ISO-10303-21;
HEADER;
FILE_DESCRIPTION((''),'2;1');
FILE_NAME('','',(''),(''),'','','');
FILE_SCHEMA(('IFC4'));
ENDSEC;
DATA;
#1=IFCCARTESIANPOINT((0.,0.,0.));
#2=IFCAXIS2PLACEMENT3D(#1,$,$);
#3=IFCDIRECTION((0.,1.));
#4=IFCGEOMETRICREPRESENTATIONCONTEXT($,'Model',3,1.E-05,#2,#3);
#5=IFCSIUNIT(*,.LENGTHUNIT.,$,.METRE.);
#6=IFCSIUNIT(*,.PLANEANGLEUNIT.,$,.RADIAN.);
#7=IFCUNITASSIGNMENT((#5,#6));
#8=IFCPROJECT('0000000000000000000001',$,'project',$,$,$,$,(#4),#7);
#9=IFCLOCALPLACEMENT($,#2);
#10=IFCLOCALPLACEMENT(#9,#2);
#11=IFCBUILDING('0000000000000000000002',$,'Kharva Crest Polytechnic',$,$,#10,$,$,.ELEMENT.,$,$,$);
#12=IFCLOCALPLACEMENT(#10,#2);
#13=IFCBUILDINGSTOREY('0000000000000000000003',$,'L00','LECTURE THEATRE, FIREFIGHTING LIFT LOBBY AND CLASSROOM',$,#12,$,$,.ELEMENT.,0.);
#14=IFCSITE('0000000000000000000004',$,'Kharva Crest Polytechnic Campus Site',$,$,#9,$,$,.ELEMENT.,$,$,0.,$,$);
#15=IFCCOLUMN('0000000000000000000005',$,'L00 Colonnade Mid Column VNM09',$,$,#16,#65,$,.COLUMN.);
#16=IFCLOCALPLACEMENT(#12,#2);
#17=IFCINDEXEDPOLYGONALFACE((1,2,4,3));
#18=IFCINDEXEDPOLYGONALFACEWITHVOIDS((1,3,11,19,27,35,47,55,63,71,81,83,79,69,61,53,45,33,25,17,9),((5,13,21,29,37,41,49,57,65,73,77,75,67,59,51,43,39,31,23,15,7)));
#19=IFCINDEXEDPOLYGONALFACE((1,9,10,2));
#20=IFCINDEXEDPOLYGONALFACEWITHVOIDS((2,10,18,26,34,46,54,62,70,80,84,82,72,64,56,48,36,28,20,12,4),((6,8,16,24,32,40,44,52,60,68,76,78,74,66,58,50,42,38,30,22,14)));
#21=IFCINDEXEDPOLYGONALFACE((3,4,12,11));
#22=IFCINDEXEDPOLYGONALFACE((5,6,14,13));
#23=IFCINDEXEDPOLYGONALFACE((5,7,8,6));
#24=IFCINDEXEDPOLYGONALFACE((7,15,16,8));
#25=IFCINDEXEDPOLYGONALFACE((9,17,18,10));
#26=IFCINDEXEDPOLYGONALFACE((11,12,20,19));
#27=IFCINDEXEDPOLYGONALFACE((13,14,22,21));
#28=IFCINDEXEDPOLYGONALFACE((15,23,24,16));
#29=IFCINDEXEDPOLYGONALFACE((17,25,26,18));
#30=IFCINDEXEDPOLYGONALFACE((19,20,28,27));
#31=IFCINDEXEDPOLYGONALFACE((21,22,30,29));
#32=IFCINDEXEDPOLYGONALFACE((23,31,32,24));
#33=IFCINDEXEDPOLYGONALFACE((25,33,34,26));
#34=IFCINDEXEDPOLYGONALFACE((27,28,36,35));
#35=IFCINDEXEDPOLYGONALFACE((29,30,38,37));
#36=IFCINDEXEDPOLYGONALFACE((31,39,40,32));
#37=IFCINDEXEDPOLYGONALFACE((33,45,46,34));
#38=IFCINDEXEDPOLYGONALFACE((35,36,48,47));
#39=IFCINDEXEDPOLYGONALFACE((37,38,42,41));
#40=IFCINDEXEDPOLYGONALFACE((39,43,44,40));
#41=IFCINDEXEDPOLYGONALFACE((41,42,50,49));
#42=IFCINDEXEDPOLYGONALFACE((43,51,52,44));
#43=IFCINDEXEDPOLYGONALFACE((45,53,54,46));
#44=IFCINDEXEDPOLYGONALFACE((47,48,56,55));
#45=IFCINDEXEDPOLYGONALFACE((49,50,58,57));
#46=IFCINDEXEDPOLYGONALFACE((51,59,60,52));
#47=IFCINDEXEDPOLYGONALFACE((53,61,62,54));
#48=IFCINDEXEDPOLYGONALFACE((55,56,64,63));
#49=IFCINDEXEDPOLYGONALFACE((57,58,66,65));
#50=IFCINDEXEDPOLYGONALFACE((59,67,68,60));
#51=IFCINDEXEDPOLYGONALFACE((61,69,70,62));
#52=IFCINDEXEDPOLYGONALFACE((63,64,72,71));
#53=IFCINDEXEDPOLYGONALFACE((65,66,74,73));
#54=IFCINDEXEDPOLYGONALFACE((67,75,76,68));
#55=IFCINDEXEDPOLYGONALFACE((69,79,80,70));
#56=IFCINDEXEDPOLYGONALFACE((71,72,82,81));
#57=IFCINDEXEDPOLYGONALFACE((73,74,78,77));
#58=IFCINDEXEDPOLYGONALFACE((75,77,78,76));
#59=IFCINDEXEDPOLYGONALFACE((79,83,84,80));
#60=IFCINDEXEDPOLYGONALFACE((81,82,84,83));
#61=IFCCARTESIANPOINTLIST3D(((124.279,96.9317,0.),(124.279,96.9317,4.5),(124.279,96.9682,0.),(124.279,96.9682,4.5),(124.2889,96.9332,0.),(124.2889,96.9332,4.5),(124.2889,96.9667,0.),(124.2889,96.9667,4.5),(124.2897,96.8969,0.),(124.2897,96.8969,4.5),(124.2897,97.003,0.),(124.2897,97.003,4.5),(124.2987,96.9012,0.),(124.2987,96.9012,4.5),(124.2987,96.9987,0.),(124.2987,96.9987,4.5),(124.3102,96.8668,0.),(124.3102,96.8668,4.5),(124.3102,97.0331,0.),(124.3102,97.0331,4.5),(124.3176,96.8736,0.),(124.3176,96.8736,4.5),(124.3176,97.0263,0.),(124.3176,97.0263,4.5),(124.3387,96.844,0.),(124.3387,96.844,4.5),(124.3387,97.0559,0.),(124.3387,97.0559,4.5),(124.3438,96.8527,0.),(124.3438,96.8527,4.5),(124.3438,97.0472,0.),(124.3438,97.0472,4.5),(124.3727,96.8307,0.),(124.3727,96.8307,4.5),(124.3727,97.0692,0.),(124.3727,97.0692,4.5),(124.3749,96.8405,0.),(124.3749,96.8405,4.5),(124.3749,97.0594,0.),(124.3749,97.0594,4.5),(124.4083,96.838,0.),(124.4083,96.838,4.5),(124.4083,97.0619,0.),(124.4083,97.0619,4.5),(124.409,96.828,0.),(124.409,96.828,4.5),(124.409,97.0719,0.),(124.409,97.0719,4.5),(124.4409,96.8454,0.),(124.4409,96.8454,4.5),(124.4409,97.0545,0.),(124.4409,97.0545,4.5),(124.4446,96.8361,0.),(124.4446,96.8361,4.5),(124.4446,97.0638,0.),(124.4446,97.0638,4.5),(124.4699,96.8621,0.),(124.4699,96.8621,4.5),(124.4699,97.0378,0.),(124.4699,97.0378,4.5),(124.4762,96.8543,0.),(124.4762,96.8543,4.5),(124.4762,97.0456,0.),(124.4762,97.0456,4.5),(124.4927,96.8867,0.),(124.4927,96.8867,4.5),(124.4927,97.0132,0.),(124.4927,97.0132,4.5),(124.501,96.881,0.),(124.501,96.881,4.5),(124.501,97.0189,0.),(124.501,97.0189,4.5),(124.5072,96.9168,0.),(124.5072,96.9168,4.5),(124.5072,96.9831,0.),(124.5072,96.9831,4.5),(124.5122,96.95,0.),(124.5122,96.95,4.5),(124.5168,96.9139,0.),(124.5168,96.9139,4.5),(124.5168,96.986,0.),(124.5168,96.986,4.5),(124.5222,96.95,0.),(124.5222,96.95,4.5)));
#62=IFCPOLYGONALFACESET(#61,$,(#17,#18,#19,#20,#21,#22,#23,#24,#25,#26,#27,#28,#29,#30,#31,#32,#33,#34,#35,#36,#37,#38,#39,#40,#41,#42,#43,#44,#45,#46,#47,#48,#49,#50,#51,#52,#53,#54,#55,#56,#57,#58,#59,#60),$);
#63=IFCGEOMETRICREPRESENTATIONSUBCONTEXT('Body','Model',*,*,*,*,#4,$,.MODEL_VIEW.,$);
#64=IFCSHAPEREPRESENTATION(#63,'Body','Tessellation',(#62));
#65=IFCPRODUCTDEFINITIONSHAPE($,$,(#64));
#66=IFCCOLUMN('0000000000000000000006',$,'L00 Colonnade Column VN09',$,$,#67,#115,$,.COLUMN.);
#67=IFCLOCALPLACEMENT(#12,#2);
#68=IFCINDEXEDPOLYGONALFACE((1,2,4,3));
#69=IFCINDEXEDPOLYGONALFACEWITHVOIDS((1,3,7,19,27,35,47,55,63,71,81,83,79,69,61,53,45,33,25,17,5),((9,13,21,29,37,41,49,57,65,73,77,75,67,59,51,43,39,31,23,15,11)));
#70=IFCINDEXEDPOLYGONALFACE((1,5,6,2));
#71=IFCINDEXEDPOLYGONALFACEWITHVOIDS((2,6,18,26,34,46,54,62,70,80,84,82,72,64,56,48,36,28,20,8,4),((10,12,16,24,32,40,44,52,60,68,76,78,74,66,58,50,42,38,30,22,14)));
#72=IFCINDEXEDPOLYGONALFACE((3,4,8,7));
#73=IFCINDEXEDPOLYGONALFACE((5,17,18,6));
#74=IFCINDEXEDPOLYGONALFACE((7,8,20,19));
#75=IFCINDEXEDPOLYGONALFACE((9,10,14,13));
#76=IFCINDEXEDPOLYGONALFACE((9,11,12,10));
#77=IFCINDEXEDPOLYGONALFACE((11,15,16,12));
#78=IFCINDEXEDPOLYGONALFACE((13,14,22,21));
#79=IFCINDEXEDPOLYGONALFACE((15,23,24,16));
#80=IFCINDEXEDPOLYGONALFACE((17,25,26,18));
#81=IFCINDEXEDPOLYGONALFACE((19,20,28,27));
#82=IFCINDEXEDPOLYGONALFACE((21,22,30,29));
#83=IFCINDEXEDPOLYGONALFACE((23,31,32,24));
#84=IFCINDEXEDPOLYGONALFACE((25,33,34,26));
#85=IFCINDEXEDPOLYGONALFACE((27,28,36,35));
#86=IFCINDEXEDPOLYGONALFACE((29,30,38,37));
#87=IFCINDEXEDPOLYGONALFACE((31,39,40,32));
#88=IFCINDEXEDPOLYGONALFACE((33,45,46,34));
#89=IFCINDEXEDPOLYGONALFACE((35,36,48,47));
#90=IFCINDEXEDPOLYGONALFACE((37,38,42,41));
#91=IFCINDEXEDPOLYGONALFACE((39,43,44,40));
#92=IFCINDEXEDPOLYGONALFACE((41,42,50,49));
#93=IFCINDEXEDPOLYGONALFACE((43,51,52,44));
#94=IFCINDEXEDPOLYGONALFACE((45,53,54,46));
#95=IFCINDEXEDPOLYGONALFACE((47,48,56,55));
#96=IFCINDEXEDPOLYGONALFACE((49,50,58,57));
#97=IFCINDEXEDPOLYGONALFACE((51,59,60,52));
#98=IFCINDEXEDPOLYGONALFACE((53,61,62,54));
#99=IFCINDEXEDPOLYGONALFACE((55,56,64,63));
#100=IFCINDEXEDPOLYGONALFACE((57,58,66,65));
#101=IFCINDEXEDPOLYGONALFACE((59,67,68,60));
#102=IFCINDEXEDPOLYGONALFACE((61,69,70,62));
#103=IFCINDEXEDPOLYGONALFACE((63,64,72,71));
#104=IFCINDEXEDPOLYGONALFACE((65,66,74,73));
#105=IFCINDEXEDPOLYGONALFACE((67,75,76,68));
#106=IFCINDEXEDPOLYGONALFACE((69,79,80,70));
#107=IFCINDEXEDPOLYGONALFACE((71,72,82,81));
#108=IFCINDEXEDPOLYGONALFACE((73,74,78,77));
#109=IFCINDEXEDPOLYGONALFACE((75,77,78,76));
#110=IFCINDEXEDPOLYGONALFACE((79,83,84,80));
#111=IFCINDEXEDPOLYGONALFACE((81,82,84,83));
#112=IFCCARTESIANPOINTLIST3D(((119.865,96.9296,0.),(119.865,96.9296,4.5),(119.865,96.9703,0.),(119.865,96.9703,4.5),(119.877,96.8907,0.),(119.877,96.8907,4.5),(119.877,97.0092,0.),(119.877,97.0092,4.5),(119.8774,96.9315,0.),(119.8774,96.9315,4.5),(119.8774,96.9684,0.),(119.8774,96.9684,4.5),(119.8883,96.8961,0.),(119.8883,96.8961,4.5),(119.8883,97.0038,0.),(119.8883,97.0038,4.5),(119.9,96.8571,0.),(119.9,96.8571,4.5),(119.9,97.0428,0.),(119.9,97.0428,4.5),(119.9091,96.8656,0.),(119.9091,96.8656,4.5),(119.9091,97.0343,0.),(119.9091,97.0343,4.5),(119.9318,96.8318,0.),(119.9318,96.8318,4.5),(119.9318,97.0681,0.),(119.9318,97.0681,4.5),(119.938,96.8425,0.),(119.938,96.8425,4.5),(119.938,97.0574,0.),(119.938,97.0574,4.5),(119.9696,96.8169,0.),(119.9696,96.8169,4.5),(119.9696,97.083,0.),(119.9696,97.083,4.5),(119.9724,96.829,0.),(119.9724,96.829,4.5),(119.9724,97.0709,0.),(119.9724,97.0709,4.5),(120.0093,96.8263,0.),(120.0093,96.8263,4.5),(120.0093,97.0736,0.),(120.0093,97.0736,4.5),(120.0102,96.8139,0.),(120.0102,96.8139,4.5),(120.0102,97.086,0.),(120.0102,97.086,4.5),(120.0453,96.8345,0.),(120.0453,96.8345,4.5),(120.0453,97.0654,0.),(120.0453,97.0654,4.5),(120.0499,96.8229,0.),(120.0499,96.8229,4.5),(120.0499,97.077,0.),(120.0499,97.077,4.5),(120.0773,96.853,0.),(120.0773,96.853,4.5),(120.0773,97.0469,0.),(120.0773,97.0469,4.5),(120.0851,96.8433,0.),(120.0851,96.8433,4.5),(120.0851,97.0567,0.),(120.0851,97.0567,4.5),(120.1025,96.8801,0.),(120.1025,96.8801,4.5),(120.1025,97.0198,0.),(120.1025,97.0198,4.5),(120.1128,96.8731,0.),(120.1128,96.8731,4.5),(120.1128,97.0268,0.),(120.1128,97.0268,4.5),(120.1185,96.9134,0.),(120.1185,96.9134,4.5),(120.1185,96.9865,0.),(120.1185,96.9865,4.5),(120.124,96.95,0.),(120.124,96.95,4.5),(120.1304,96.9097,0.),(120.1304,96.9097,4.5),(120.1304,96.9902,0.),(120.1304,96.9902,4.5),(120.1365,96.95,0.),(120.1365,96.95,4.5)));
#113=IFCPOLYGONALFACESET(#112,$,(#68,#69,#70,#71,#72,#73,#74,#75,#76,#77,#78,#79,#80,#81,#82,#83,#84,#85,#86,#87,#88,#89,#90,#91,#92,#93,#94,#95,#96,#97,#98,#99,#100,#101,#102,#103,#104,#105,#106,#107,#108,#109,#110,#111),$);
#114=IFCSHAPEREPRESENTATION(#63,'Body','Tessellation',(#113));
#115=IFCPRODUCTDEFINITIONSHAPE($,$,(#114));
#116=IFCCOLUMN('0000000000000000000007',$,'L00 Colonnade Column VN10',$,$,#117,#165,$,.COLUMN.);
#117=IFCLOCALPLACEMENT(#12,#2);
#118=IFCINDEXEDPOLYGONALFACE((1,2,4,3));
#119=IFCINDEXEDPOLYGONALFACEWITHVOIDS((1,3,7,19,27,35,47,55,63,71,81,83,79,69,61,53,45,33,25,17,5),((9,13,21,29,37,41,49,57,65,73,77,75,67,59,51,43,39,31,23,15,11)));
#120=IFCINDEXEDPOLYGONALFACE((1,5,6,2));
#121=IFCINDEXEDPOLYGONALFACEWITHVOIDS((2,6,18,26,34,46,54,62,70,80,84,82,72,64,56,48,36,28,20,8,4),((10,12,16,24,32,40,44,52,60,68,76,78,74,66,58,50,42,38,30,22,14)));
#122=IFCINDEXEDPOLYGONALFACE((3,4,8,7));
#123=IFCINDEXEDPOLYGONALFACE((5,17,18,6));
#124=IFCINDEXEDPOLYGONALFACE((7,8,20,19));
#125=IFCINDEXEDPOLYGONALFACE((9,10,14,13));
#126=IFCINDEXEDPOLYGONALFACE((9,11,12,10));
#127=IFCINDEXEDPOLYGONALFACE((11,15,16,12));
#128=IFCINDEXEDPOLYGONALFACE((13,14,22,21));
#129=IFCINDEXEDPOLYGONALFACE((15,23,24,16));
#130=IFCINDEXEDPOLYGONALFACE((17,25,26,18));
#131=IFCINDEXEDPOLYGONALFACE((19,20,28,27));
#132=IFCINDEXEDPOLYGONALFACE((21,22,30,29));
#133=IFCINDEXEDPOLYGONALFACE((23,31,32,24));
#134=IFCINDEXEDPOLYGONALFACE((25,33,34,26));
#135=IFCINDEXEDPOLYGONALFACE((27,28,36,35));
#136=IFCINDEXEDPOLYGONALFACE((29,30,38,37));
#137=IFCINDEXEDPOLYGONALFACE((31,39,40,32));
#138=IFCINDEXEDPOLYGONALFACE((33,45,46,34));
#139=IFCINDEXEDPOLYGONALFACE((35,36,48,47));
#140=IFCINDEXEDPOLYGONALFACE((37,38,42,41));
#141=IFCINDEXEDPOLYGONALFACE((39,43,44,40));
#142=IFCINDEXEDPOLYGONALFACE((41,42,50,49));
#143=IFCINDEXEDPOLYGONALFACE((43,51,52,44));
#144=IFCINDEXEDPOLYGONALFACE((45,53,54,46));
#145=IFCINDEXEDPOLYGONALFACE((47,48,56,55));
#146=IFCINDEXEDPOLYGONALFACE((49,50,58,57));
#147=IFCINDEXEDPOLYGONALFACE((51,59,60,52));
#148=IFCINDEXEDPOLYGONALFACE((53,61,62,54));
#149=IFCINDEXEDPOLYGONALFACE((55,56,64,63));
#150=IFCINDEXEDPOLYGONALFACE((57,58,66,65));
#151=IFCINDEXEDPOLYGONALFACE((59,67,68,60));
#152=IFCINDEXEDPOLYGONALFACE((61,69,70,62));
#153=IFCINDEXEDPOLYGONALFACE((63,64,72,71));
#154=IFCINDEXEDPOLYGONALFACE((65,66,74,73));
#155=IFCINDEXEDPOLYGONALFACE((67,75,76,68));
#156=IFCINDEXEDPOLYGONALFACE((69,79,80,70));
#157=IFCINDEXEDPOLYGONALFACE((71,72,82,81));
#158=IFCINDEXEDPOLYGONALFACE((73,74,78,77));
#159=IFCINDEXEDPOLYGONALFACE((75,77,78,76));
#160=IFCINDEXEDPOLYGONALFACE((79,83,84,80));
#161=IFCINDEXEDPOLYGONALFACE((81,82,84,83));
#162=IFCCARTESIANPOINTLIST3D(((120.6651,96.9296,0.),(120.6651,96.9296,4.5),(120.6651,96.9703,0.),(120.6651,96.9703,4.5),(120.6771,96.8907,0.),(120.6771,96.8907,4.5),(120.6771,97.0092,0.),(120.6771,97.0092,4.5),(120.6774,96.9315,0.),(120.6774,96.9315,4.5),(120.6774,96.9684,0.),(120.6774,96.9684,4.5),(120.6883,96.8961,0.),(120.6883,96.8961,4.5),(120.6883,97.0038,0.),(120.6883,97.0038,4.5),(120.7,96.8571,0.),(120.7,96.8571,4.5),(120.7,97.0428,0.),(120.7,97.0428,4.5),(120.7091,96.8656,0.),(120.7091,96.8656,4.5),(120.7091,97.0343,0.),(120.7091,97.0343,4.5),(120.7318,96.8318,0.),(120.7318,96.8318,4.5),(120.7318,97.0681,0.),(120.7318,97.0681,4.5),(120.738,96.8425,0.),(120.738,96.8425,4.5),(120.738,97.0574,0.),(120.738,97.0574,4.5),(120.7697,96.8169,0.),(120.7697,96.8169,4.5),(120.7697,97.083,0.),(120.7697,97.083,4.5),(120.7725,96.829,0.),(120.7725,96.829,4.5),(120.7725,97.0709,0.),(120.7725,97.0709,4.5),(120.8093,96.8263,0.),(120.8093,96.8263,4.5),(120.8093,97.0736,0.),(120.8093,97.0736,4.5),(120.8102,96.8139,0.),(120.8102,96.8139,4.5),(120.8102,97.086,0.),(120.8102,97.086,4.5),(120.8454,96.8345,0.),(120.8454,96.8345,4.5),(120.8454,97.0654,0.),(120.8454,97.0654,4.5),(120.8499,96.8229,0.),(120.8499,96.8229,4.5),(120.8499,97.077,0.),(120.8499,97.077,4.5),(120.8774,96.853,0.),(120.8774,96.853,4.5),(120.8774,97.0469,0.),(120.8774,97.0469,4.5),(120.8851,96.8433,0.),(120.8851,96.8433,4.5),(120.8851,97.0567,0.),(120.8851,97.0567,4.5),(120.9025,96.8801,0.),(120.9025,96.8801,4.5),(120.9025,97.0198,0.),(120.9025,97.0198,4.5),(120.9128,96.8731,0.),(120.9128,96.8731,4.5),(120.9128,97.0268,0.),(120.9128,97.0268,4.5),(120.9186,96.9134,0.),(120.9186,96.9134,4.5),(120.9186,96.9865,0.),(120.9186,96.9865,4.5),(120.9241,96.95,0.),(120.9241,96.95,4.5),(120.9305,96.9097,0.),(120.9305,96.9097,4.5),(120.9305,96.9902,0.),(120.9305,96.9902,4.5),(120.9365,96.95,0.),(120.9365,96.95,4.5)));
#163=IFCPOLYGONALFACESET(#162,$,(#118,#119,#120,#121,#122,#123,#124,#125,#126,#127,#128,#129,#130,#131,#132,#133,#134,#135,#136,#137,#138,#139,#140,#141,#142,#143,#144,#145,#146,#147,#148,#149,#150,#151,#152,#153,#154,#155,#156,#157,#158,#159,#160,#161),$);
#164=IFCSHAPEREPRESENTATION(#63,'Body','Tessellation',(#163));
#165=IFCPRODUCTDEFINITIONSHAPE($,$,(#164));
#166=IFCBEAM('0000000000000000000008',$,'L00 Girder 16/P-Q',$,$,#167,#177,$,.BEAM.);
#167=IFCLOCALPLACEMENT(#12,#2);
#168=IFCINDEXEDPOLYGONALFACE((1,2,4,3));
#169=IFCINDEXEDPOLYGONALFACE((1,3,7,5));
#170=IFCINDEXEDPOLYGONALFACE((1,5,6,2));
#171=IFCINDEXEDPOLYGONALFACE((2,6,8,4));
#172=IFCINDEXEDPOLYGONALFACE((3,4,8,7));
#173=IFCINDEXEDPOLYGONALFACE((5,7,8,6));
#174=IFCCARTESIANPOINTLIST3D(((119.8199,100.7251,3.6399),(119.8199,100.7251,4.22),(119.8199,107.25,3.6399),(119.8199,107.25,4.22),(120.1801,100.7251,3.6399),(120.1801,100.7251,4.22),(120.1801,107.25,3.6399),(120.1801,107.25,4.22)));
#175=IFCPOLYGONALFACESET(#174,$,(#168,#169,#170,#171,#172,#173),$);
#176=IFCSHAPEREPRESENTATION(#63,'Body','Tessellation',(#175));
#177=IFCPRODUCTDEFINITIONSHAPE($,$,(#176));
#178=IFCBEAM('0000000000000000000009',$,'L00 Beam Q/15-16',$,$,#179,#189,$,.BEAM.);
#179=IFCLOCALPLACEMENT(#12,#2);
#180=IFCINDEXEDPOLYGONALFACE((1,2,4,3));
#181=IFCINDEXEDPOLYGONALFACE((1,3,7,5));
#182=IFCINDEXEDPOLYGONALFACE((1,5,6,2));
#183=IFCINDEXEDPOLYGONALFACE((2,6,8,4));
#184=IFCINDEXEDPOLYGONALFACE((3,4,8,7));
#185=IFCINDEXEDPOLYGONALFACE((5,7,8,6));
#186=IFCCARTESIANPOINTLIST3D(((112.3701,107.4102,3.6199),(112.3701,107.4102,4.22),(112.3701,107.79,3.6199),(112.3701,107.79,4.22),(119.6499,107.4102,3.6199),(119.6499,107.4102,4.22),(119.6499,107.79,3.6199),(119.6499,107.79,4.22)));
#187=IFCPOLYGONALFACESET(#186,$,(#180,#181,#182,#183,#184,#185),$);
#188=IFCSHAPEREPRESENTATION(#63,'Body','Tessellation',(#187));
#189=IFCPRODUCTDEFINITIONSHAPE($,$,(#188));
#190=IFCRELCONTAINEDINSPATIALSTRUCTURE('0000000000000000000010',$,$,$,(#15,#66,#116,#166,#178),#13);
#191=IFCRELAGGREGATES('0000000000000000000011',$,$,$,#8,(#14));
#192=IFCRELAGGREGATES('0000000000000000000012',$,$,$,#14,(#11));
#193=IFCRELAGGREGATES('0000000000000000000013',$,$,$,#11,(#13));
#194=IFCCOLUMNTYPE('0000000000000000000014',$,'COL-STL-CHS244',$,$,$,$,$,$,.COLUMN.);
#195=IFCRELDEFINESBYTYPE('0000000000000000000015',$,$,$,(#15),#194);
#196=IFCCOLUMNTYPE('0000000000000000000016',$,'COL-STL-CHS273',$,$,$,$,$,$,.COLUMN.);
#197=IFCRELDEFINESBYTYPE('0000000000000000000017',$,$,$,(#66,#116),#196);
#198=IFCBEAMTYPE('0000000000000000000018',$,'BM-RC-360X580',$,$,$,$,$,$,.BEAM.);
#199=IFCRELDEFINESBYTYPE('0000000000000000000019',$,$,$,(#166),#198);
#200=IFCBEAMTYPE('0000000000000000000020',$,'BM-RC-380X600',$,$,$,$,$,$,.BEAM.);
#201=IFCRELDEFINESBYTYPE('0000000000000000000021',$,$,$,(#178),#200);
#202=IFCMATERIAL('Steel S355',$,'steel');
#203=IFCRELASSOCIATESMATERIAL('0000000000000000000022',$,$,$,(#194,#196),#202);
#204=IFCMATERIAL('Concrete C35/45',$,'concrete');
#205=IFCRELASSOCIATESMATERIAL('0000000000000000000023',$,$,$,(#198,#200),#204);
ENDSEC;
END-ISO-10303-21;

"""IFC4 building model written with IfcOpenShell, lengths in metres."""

from ifc_helpers import new_model, si_unit, direction, frame, origin, origin_2d, place, context, subcontext, project, spatial, rectangle, hollow_circle, extrude, material, material_profile, profile_set, type_object, element, save


model = new_model("IFC4")

# Units and contexts
model_context = context("Model", 3, precision=1e-05, world=origin(), true_north=direction((0.0, 1.0)))
body_context = subcontext(model_context, "Body", "Model", "MODEL_VIEW")
ifc_project = project(units=[si_unit("LENGTHUNIT", "METRE"), si_unit("PLANEANGLEUNIT", "RADIAN")], contexts=[model_context])

# Site, building, storey
site_placement = place(None, origin())
site = spatial("IfcSite", under=ifc_project, at=site_placement, Name="Kharva Crest Polytechnic Campus Site", CompositionType="ELEMENT", RefElevation=0.0)
building_placement = place(site_placement, origin())
building = spatial("IfcBuilding", under=site, at=building_placement, Name="Kharva Crest Polytechnic", CompositionType="ELEMENT")
storey_placement = place(building_placement, origin())
storey = spatial("IfcBuildingStorey", under=building, at=storey_placement, Name="L00", Description="LECTURE THEATRE, FIREFIGHTING LIFT LOBBY AND CLASSROOM", CompositionType="ELEMENT", Elevation=0.0)

# Shared definitions
ifc_material_1 = material(Name="Concrete C35/45", Category="concrete")

# Columns
ifc_material_2 = material(Name="Steel S355", Category="steel")
ifc_material_profile_1 = material_profile(ifc_material_2, hollow_circle(Radius=0.1223, WallThickness=0.01, at=origin_2d()), Name="CHS 244.5X10.0")
ifc_profile_set_1 = profile_set([ifc_material_profile_1], Name="Steel S355")
column_type_1 = type_object("IfcColumnType", Name="COL-STL-CHS244", PredefinedType="COLUMN", material=ifc_profile_set_1)
for number, where, z_axis, x_axis, name in (
    (1, (124.3999, 96.95, 0.0), (0.0, 0.0, 1.0), (1.0, 0.0, 0.0), "L00 Colonnade Mid Column VNM09"),
):
    element("IfcColumn", number, at=place(storey_placement, frame(where, z_axis=z_axis, x_axis=x_axis)), inside=storey, type_object=column_type_1, Name=name, PredefinedType="COLUMN", context=body_context, shape_type="SweptSolid", body=[
        extrude(hollow_circle(Radius=0.1223, WallThickness=0.01, at=origin_2d()), origin(), (0.0, 0.0, 1.0), 4.5),
    ])
ifc_material_profile_2 = material_profile(ifc_material_2, hollow_circle(Radius=0.1365, WallThickness=0.0125, at=origin_2d()), Name="CHS 273.0X12.5")
ifc_profile_set_2 = profile_set([ifc_material_profile_2], Name="Steel S355")
column_type_2 = type_object("IfcColumnType", Name="COL-STL-CHS273", PredefinedType="COLUMN", material=ifc_profile_set_2)
for number, where, z_axis, x_axis, name in (
    (2, (120.0, 96.95, 0.0), (0.0, 0.0, 1.0), (1.0, 0.0, 0.0), "L00 Colonnade Column VN09"),
    (3, (120.8, 96.95, 0.0), (0.0, 0.0, 1.0), (1.0, 0.0, 0.0), "L00 Colonnade Column VN10"),
):
    element("IfcColumn", number, at=place(storey_placement, frame(where, z_axis=z_axis, x_axis=x_axis)), inside=storey, type_object=column_type_2, Name=name, PredefinedType="COLUMN", context=body_context, shape_type="SweptSolid", body=[
        extrude(hollow_circle(Radius=0.1365, WallThickness=0.0125, at=origin_2d()), origin(), (0.0, 0.0, 1.0), 4.5),
    ])

# Beams
ifc_material_profile_3 = material_profile(ifc_material_1, rectangle(XDim=0.3601, YDim=0.5801, at=origin_2d()), Name="RECT 360 X 580")
ifc_profile_set_3 = profile_set([ifc_material_profile_3], Name="Concrete C35/45")
beam_type_1 = type_object("IfcBeamType", Name="BM-RC-360X580", PredefinedType="BEAM", material=ifc_profile_set_3)
beam_1_placement = place(storey_placement, frame((120.0, 100.7251, 3.9299), z_axis=(0.0, 1.0, 0.0), x_axis=(-1.0, 0.0, 0.0)))
element("IfcBeam", 4, at=beam_1_placement, inside=storey, type_object=beam_type_1, Name="L00 Girder 16/P-Q", PredefinedType="BEAM", context=body_context, shape_type="SweptSolid", body=[
    extrude(rectangle(XDim=0.3601, YDim=0.5801, at=origin_2d()), origin(), (0.0, 0.0, 1.0), 6.5249),
])
ifc_material_profile_4 = material_profile(ifc_material_1, rectangle(XDim=0.3799, YDim=0.6001, at=origin_2d()), Name="RECT 380 X 600")
ifc_profile_set_4 = profile_set([ifc_material_profile_4], Name="Concrete C35/45")
beam_type_2 = type_object("IfcBeamType", Name="BM-RC-380X600", PredefinedType="BEAM", material=ifc_profile_set_4)
beam_2_placement = place(storey_placement, frame((112.3701, 107.6001, 3.9199), z_axis=(1.0, 0.0, 0.0), x_axis=(0.0, 1.0, 0.0)))
element("IfcBeam", 5, at=beam_2_placement, inside=storey, type_object=beam_type_2, Name="L00 Beam Q/15-16", PredefinedType="BEAM", context=body_context, shape_type="SweptSolid", body=[
    extrude(rectangle(XDim=0.3799, YDim=0.6001, at=origin_2d()), origin(), (0.0, 0.0, 1.0), 7.2798),
])

save(model, "model.ifc")
